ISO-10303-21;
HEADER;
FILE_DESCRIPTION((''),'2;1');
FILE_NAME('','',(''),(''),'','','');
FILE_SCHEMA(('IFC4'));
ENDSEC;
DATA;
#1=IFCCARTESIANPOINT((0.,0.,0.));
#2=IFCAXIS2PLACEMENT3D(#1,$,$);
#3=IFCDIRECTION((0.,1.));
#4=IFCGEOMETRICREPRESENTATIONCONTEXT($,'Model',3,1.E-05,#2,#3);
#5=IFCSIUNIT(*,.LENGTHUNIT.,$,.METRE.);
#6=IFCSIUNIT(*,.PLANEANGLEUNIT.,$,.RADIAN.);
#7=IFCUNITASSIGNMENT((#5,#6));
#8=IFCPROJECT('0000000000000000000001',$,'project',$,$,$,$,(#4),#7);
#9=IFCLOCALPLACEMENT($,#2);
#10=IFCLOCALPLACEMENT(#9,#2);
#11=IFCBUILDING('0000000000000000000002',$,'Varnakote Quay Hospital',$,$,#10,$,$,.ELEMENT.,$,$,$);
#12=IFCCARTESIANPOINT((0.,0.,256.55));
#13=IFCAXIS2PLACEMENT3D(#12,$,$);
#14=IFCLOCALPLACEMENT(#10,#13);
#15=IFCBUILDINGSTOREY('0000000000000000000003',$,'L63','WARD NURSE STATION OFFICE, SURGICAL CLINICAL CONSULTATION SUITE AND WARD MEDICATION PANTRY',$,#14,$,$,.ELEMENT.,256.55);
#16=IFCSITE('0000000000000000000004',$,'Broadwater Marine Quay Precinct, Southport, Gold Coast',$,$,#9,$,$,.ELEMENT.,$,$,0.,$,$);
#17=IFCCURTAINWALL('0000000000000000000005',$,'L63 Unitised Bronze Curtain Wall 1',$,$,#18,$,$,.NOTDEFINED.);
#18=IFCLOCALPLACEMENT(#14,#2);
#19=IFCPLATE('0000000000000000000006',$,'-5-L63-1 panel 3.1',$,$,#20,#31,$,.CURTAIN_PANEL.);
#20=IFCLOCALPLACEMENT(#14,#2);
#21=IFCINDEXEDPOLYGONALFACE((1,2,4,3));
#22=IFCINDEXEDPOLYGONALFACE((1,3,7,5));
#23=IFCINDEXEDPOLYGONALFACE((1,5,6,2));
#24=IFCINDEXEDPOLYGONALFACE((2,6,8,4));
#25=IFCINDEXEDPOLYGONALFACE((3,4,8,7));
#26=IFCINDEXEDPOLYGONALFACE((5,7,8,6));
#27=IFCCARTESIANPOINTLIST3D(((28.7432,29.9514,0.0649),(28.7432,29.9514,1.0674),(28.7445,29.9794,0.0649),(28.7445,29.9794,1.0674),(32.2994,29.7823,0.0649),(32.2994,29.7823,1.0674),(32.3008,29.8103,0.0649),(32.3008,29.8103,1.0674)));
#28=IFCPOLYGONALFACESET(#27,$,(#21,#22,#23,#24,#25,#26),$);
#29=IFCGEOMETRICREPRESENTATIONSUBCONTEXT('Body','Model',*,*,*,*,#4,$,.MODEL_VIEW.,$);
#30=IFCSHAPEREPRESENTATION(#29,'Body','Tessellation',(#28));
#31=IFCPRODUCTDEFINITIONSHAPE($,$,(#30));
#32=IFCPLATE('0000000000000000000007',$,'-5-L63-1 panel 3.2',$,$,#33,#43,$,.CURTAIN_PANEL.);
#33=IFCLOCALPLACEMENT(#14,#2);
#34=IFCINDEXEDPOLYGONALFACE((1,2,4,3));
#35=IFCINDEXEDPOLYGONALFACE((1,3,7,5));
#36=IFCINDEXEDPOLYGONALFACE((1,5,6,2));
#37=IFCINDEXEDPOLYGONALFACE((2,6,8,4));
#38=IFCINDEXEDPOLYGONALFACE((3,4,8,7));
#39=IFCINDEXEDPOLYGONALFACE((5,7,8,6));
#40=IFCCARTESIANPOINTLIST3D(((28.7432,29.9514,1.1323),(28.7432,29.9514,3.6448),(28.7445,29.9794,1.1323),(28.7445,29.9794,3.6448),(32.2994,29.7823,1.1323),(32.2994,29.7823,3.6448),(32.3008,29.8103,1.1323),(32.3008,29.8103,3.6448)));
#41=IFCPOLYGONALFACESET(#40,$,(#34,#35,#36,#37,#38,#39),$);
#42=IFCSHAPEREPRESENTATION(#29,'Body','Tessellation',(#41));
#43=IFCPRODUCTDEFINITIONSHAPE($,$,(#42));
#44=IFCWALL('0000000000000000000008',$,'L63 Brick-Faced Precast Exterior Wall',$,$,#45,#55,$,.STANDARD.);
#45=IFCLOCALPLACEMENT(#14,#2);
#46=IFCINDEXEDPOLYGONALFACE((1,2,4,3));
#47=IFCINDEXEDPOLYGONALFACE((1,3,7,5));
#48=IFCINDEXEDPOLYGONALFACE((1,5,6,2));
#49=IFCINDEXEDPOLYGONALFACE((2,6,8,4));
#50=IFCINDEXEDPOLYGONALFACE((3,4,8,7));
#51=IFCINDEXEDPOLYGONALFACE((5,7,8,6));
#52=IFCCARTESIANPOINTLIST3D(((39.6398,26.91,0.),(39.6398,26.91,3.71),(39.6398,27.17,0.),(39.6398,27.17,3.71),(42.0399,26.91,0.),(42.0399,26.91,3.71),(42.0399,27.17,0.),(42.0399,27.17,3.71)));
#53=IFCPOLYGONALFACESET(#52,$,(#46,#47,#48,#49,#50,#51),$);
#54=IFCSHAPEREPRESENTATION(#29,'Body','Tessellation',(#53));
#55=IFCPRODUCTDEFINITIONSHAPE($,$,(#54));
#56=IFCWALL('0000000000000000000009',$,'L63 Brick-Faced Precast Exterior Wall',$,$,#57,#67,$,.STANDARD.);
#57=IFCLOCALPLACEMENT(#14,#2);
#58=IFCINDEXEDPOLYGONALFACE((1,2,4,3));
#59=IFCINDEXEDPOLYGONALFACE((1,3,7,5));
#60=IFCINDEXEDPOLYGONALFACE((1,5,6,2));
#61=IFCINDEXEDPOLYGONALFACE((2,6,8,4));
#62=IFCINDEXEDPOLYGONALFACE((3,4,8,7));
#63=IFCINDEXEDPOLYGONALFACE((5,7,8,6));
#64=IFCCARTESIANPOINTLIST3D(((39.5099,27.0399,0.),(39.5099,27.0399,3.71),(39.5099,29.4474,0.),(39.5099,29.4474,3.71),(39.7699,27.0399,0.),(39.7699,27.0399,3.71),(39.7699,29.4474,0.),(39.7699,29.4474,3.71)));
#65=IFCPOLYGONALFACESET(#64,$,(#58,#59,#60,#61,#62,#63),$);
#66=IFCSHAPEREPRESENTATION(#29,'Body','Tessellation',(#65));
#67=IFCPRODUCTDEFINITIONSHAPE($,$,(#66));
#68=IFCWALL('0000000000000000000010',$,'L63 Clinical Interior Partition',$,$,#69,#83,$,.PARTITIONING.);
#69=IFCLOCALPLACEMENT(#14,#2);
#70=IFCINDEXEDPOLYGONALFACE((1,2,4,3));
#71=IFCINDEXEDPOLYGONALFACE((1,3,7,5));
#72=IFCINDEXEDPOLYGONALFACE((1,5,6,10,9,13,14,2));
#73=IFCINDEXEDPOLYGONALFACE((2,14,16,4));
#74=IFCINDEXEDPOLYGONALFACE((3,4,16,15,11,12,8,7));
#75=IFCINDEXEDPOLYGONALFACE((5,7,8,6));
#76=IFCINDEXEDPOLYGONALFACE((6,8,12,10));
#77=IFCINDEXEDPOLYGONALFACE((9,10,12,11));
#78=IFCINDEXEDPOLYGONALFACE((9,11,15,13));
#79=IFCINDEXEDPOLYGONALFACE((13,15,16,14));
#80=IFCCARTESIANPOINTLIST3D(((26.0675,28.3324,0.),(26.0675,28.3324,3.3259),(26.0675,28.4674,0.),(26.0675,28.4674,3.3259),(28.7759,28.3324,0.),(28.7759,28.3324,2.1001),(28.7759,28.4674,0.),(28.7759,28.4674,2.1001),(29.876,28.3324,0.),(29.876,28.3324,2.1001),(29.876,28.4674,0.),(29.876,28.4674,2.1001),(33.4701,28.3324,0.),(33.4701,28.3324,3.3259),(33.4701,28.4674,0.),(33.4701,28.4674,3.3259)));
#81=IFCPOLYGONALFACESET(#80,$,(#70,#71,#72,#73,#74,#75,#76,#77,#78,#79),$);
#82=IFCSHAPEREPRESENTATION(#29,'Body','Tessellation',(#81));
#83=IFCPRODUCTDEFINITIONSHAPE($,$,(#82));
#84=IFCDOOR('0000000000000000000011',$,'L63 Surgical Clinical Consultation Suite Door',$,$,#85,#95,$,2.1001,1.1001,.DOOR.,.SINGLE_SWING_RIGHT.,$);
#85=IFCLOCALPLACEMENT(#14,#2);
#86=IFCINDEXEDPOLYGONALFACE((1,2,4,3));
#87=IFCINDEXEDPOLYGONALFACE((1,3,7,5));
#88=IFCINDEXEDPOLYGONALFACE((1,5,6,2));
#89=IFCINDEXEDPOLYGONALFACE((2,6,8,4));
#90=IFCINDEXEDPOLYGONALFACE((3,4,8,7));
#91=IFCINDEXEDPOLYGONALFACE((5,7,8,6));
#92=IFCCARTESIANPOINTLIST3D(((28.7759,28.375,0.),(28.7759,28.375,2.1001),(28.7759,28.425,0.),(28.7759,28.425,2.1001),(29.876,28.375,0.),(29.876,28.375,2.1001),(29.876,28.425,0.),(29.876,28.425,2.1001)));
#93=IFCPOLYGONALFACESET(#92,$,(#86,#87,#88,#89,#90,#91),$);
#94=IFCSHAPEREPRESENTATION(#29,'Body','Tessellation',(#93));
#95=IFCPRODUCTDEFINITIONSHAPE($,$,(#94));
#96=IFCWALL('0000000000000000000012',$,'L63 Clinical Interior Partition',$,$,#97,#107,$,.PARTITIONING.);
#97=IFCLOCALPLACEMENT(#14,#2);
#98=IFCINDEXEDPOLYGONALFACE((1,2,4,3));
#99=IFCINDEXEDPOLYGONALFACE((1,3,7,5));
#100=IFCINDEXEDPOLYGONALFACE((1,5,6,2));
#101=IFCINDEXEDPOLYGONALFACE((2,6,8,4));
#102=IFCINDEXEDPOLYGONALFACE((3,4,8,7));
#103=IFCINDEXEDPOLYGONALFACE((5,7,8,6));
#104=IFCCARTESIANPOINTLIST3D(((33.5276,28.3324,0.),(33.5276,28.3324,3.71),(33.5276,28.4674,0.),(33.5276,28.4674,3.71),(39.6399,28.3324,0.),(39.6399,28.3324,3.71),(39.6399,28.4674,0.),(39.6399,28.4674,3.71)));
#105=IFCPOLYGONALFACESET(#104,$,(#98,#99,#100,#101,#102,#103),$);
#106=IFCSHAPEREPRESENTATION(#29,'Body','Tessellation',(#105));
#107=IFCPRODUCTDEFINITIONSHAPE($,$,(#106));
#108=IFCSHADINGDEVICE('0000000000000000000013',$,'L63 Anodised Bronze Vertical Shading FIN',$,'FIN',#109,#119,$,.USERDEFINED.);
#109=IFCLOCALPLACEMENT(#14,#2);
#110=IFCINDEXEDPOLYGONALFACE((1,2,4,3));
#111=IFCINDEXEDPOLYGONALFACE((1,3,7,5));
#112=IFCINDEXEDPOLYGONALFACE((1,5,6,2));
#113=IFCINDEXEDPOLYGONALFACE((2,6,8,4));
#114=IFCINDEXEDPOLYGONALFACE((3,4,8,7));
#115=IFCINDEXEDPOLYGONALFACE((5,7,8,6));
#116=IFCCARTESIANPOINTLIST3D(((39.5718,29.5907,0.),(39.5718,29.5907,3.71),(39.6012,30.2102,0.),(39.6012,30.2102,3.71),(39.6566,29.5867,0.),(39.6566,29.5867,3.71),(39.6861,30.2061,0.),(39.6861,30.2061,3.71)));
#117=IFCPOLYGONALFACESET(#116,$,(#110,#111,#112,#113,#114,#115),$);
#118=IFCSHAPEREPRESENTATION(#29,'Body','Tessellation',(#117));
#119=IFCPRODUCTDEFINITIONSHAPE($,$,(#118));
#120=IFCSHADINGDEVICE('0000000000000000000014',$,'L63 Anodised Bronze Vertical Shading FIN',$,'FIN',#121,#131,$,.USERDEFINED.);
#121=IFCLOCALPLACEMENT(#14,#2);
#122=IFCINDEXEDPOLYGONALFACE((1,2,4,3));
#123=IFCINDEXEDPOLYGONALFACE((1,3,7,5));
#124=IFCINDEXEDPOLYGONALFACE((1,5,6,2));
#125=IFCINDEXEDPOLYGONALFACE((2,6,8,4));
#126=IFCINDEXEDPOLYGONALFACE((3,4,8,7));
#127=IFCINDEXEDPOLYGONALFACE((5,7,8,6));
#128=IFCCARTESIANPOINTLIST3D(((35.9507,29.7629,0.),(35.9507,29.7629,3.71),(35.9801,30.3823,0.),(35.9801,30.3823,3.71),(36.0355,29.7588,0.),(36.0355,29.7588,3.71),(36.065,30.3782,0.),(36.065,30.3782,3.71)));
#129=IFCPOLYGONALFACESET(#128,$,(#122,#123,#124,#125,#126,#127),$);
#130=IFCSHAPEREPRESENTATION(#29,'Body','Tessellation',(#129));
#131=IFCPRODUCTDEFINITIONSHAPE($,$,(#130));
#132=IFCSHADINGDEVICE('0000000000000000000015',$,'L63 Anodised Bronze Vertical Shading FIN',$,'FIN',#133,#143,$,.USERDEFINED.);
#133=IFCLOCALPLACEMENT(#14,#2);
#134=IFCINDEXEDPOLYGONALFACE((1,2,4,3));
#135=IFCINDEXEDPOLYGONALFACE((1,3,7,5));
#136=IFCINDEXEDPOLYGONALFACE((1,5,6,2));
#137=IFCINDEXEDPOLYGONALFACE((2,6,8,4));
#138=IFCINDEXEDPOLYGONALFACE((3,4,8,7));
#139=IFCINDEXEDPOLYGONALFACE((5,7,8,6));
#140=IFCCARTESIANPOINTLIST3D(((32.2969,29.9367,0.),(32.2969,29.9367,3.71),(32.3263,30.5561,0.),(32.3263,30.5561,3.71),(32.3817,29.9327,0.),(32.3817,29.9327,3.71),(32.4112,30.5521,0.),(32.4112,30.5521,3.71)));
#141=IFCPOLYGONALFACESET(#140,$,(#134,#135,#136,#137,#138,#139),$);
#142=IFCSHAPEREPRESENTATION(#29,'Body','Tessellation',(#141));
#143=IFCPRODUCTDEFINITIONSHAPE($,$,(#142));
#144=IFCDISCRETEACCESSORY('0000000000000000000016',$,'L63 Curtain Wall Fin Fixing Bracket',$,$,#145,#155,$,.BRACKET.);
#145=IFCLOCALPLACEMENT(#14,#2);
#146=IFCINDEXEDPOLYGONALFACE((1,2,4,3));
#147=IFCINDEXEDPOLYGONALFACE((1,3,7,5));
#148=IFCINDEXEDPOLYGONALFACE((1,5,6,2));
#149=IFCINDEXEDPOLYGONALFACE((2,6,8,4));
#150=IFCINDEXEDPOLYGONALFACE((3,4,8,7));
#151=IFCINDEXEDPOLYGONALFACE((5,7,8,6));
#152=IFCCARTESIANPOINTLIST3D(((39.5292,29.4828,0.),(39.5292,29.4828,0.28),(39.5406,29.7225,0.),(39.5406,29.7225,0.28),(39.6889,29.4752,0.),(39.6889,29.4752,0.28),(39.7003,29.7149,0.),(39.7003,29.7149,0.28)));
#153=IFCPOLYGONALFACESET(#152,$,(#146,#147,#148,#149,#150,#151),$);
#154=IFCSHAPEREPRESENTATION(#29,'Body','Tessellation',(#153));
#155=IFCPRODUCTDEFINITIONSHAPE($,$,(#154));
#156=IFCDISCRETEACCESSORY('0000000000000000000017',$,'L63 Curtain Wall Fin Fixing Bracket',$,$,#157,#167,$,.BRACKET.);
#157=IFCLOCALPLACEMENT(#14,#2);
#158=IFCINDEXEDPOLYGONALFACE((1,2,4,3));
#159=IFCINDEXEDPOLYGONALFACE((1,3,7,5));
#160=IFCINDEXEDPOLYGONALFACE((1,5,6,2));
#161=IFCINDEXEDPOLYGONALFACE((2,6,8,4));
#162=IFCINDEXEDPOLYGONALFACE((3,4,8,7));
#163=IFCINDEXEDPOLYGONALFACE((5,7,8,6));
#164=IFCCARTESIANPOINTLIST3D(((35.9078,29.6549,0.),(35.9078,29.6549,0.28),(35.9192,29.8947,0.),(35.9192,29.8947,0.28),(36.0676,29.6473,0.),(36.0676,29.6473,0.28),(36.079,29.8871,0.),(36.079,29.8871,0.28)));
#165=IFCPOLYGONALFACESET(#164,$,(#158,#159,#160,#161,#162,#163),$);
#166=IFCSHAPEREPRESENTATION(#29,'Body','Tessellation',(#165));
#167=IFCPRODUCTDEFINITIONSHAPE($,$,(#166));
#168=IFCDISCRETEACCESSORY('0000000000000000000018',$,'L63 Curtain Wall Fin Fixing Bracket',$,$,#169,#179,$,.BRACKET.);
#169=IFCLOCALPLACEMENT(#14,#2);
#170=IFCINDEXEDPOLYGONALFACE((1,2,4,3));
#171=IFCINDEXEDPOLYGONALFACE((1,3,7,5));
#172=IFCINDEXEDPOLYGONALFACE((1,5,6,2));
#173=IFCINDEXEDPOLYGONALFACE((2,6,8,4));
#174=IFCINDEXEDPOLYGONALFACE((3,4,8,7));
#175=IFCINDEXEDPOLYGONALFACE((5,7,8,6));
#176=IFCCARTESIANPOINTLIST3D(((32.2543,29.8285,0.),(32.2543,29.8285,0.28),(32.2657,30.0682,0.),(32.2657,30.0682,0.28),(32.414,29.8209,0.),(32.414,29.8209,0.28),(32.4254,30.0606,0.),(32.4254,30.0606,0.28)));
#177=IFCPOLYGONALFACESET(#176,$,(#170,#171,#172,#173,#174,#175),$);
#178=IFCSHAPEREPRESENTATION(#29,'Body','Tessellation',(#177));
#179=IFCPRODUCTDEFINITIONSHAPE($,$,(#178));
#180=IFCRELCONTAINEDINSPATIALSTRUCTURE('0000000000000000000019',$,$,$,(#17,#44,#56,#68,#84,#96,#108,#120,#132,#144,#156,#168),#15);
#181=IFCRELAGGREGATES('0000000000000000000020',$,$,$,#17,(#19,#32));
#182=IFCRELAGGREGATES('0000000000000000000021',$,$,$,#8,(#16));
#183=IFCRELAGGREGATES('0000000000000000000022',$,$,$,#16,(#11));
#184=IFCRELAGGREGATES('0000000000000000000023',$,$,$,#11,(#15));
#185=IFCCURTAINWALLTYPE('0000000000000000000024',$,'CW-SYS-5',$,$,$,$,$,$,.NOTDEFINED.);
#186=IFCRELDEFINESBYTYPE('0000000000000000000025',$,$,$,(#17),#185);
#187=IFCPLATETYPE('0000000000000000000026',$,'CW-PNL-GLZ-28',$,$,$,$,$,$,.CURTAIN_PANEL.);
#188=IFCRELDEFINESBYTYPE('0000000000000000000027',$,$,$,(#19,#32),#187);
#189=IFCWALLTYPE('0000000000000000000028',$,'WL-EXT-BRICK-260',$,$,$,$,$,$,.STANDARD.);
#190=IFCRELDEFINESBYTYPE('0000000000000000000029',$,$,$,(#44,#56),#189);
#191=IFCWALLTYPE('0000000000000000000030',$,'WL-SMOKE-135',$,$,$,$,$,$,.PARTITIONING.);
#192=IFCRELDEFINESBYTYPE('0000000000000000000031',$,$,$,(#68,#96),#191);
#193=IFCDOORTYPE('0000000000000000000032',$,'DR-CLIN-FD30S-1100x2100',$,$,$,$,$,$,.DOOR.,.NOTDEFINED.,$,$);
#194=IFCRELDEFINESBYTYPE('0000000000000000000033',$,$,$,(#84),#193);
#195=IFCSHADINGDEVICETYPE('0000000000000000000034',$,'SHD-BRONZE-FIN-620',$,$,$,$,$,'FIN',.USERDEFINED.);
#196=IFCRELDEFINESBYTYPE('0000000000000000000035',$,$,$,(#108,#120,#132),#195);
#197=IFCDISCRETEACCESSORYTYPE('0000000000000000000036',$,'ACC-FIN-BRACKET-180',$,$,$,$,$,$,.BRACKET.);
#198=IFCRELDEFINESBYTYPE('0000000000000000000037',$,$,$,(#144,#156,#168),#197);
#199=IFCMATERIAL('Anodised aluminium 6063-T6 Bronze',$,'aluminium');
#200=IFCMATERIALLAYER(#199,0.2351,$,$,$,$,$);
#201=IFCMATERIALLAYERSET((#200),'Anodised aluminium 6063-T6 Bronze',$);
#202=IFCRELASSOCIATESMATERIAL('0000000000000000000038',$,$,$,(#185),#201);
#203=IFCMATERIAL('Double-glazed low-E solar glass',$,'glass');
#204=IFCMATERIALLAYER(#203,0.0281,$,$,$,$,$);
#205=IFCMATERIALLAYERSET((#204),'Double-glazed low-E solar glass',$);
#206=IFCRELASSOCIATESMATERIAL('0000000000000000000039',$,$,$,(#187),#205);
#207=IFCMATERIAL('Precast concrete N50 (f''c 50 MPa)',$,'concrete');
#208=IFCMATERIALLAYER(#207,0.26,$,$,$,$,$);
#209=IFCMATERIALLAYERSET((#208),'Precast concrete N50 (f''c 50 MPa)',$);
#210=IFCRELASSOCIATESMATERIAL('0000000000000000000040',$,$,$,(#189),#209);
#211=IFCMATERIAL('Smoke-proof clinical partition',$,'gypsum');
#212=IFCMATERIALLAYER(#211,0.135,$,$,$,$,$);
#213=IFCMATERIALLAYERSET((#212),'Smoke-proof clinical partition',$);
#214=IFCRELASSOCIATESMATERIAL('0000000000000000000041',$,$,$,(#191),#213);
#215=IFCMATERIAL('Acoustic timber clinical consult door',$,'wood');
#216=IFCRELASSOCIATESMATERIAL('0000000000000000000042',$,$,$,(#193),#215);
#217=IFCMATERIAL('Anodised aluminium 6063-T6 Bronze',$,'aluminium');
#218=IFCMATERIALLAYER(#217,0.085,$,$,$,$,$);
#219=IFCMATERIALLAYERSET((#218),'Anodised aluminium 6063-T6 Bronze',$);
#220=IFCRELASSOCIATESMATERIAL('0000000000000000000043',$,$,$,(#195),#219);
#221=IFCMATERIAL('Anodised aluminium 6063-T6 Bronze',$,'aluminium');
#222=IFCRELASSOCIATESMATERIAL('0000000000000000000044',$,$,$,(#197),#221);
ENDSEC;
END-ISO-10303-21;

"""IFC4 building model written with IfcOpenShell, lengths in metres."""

from ifc_helpers import new_model, si_unit, direction, frame, frame_2d, origin, origin_2d, place, context, subcontext, project, spatial, rectangle, extrude, material, layer, layer_set, type_object, element, fill, aggregate, save


model = new_model("IFC4")

# Units and contexts
model_context = context("Model", 3, precision=1e-05, world=origin(), true_north=direction((0.0, 1.0)))
body_context = subcontext(model_context, "Body", "Model", "MODEL_VIEW")
ifc_project = project(units=[si_unit("LENGTHUNIT", "METRE"), si_unit("PLANEANGLEUNIT", "RADIAN")], contexts=[model_context])

# Site, building, storey
site_placement = place(None, origin())
site = spatial("IfcSite", under=ifc_project, at=site_placement, Name="Broadwater Marine Quay Precinct, Southport, Gold Coast", CompositionType="ELEMENT", RefElevation=0.0)
building_placement = place(site_placement, origin())
building = spatial("IfcBuilding", under=site, at=building_placement, Name="Varnakote Quay Hospital", CompositionType="ELEMENT")
storey_placement = place(building_placement, frame((0.0, 0.0, 256.55)))
storey = spatial("IfcBuildingStorey", under=building, at=storey_placement, Name="L63", Description="WARD NURSE STATION OFFICE, SURGICAL CLINICAL CONSULTATION SUITE AND WARD MEDICATION PANTRY", CompositionType="ELEMENT", Elevation=256.55)

# Curtain wall, plates
ifc_material_1 = material(Name="Anodised aluminium 6063-T6 Bronze", Category="aluminium")
ifc_layer_1 = layer(ifc_material_1, 0.2351)
ifc_layer_set_1 = layer_set([ifc_layer_1], Name="Anodised aluminium 6063-T6 Bronze")
curtain_wall_type = type_object("IfcCurtainWallType", Name="CW-SYS-5", PredefinedType="NOTDEFINED", material=ifc_layer_set_1)
curtain_wall_placement = place(storey_placement, origin())
curtain_wall = element("IfcCurtainWall", 1, at=curtain_wall_placement, inside=storey, type_object=curtain_wall_type, Name="L63 Unitised Bronze Curtain Wall 1", PredefinedType="NOTDEFINED")
ifc_material_2 = material(Name="Double-glazed low-E solar glass", Category="glass")
ifc_layer_2 = layer(ifc_material_2, 0.0281)
ifc_layer_set_2 = layer_set([ifc_layer_2], Name="Double-glazed low-E solar glass")
plate_type = type_object("IfcPlateType", Name="CW-PNL-GLZ-28", PredefinedType="CURTAIN_PANEL", material=ifc_layer_set_2)
plate_1_placement = place(storey_placement, frame((30.522, 29.8809, 0.0649), z_axis=(0.0, 0.0, 1.0), x_axis=(-0.998871, 0.047497, 0.0)))
plate_1 = element("IfcPlate", 2, at=plate_1_placement, type_object=plate_type, Name="-5-L63-1 panel 3.1", PredefinedType="CURTAIN_PANEL", context=body_context, shape_type="SweptSolid", body=[
    extrude(rectangle(XDim=3.5603, YDim=0.0281, at=origin_2d()), origin(), (0.0, 0.0, 1.0), 1.0024),
])
plate_2_placement = place(storey_placement, frame((30.522, 29.8809, 1.1323), z_axis=(0.0, 0.0, 1.0), x_axis=(-0.998871, 0.047497, 0.0)))
plate_2 = element("IfcPlate", 3, at=plate_2_placement, type_object=plate_type, Name="-5-L63-1 panel 3.2", PredefinedType="CURTAIN_PANEL", context=body_context, shape_type="SweptSolid", body=[
    extrude(rectangle(XDim=3.5603, YDim=0.0281, at=origin_2d()), origin(), (0.0, 0.0, 1.0), 2.5125),
])
aggregate(curtain_wall, [plate_1, plate_2])

# Walls
ifc_material_3 = material(Name="Precast concrete N50 (f'c 50 MPa)", Category="concrete")
ifc_layer_3 = layer(ifc_material_3, 0.26)
ifc_layer_set_3 = layer_set([ifc_layer_3], Name="Precast concrete N50 (f'c 50 MPa)")
wall_type_1 = type_object("IfcWallType", Name="WL-EXT-BRICK-260", PredefinedType="STANDARD", material=ifc_layer_set_3)
wall_1_placement = place(storey_placement, frame((42.04, 27.04, 0.0), z_axis=(0.0, 0.0, 1.0), x_axis=(-1.0, 0.0, 0.0)))
element("IfcWall", 4, at=wall_1_placement, inside=storey, type_object=wall_type_1, Name="L63 Brick-Faced Precast Exterior Wall", PredefinedType="STANDARD", context=body_context, shape_type="SweptSolid", body=[
    extrude(rectangle(XDim=2.4001, YDim=0.26, at=frame_2d((1.2002, 0.0))), origin(), (0.0, 0.0, 1.0), 3.71),
])
wall_2_placement = place(storey_placement, frame((39.6399, 27.04, 0.0), z_axis=(0.0, 0.0, 1.0), x_axis=(0.0, 1.0, 0.0)))
element("IfcWall", 5, at=wall_2_placement, inside=storey, type_object=wall_type_1, Name="L63 Brick-Faced Precast Exterior Wall", PredefinedType="STANDARD", context=body_context, shape_type="SweptSolid", body=[
    extrude(rectangle(XDim=2.4075, YDim=0.26, at=frame_2d((1.2036, 0.0))), origin(), (0.0, 0.0, 1.0), 3.71),
])

# Wall, opening, door
ifc_material_4 = material(Name="Smoke-proof clinical partition", Category="gypsum")
ifc_layer_4 = layer(ifc_material_4, 0.135)
ifc_layer_set_4 = layer_set([ifc_layer_4], Name="Smoke-proof clinical partition")
wall_type_2 = type_object("IfcWallType", Name="WL-SMOKE-135", PredefinedType="PARTITIONING", material=ifc_layer_set_4)
wall_3_placement = place(storey_placement, frame((33.47, 28.3999, 0.0), z_axis=(0.0, 0.0, 1.0), x_axis=(-1.0, 0.0, 0.0)))
wall_3 = element("IfcWall", 6, at=wall_3_placement, inside=storey, type_object=wall_type_2, Name="L63 Clinical Interior Partition", PredefinedType="PARTITIONING", context=body_context, shape_type="SweptSolid", body=[
    extrude(rectangle(XDim=7.4026, YDim=0.135, at=frame_2d((3.7012, 0.0))), origin(), (0.0, 0.0, 1.0), 3.3259),
])
opening_placement = place(wall_3_placement, frame((3.594, 0.0, 0.0)))
opening = element("IfcOpeningElement", 7, at=opening_placement, cuts=wall_3, PredefinedType="OPENING", context=body_context, shape_type="SweptSolid", body=[
    extrude(rectangle(XDim=1.1001, YDim=2.1001, at=frame_2d((0.55, 1.05))), frame((0.0, 0.0774, 0.0), z_axis=(0.0, -1.0, 0.0), x_axis=(1.0, 0.0, 0.0)), (0.0, 0.0, 1.0), 0.155),
])
ifc_material_5 = material(Name="Acoustic timber clinical consult door", Category="wood")
door_type = type_object("IfcDoorType", Name="DR-CLIN-FD30S-1100x2100", OperationType="NOTDEFINED", PredefinedType="DOOR", material=ifc_material_5)
door_placement = place(opening_placement, origin())
door = element("IfcDoor", 8, at=door_placement, inside=storey, type_object=door_type, Name="L63 Surgical Clinical Consultation Suite Door", OperationType="SINGLE_SWING_RIGHT", OverallHeight=2.1001, OverallWidth=1.1001, PredefinedType="DOOR", context=body_context, shape_type="SweptSolid", body=[
    extrude(rectangle(XDim=1.1001, YDim=2.1001, at=frame_2d((0.55, 1.05))), frame((0.0, 0.0249, 0.0), z_axis=(0.0, -1.0, 0.0), x_axis=(1.0, 0.0, 0.0)), (0.0, 0.0, 1.0), 0.05),
])
fill(opening, door)

# Wall
wall_4_placement = place(storey_placement, frame((39.6399, 28.3999, 0.0), z_axis=(0.0, 0.0, 1.0), x_axis=(-1.0, 0.0, 0.0)))
element("IfcWall", 9, at=wall_4_placement, inside=storey, type_object=wall_type_2, Name="L63 Clinical Interior Partition", PredefinedType="PARTITIONING", context=body_context, shape_type="SweptSolid", body=[
    extrude(rectangle(XDim=6.1123, YDim=0.135, at=frame_2d((3.0562, 0.0))), origin(), (0.0, 0.0, 1.0), 3.71),
])

# Shading devices
ifc_material_6 = material(Name="Anodised aluminium 6063-T6 Bronze", Category="aluminium")
ifc_layer_5 = layer(ifc_material_6, 0.085)
ifc_layer_set_5 = layer_set([ifc_layer_5], Name="Anodised aluminium 6063-T6 Bronze")
shading_device_type = type_object("IfcShadingDeviceType", Name="SHD-BRONZE-FIN-620", ElementType="FIN", PredefinedType="USERDEFINED", material=ifc_layer_set_5)
for number, where, z_axis, x_axis, name in (
    (10, (39.6289, 29.8984, 0.0), (0.0, 0.0, 1.0), (-0.047455, -0.998873, 0.0), "L63 Anodised Bronze Vertical Shading FIN"),
    (11, (36.0078, 30.0706, 0.0), (0.0, 0.0, 1.0), (-0.047455, -0.998873, 0.0), "L63 Anodised Bronze Vertical Shading FIN"),
    (12, (32.354, 30.2444, 0.0), (0.0, 0.0, 1.0), (-0.047455, -0.998873, 0.0), "L63 Anodised Bronze Vertical Shading FIN"),
):
    element("IfcShadingDevice", number, at=place(storey_placement, frame(where, z_axis=z_axis, x_axis=x_axis)), inside=storey, type_object=shading_device_type, Name=name, ObjectType="FIN", PredefinedType="USERDEFINED", context=body_context, shape_type="SweptSolid", body=[
        extrude(rectangle(XDim=0.6201, YDim=0.085, at=origin_2d()), origin(), (0.0, 0.0, 1.0), 3.71),
    ])

# Discrete accessories
ifc_material_7 = material(Name="Anodised aluminium 6063-T6 Bronze", Category="aluminium")
discrete_accessory_type = type_object("IfcDiscreteAccessoryType", Name="ACC-FIN-BRACKET-180", PredefinedType="BRACKET", material=ifc_material_7)
for number, where, z_axis, x_axis, name in (
    (13, (39.6147, 29.5989, 0.0), (0.0, 0.0, 1.0), (-0.998873, 0.047455, 0.0), "L63 Curtain Wall Fin Fixing Bracket"),
    (14, (35.9934, 29.771, 0.0), (0.0, 0.0, 1.0), (-0.998873, 0.047455, 0.0), "L63 Curtain Wall Fin Fixing Bracket"),
    (15, (32.3398, 29.9446, 0.0), (0.0, 0.0, 1.0), (-0.998873, 0.047455, 0.0), "L63 Curtain Wall Fin Fixing Bracket"),
):
    element("IfcDiscreteAccessory", number, at=place(storey_placement, frame(where, z_axis=z_axis, x_axis=x_axis)), inside=storey, type_object=discrete_accessory_type, Name=name, PredefinedType="BRACKET", context=body_context, shape_type="SweptSolid", body=[
        extrude(rectangle(XDim=0.1599, YDim=0.24, at=origin_2d()), origin(), (0.0, 0.0, 1.0), 0.28),
    ])

save(model, "model.ifc")
